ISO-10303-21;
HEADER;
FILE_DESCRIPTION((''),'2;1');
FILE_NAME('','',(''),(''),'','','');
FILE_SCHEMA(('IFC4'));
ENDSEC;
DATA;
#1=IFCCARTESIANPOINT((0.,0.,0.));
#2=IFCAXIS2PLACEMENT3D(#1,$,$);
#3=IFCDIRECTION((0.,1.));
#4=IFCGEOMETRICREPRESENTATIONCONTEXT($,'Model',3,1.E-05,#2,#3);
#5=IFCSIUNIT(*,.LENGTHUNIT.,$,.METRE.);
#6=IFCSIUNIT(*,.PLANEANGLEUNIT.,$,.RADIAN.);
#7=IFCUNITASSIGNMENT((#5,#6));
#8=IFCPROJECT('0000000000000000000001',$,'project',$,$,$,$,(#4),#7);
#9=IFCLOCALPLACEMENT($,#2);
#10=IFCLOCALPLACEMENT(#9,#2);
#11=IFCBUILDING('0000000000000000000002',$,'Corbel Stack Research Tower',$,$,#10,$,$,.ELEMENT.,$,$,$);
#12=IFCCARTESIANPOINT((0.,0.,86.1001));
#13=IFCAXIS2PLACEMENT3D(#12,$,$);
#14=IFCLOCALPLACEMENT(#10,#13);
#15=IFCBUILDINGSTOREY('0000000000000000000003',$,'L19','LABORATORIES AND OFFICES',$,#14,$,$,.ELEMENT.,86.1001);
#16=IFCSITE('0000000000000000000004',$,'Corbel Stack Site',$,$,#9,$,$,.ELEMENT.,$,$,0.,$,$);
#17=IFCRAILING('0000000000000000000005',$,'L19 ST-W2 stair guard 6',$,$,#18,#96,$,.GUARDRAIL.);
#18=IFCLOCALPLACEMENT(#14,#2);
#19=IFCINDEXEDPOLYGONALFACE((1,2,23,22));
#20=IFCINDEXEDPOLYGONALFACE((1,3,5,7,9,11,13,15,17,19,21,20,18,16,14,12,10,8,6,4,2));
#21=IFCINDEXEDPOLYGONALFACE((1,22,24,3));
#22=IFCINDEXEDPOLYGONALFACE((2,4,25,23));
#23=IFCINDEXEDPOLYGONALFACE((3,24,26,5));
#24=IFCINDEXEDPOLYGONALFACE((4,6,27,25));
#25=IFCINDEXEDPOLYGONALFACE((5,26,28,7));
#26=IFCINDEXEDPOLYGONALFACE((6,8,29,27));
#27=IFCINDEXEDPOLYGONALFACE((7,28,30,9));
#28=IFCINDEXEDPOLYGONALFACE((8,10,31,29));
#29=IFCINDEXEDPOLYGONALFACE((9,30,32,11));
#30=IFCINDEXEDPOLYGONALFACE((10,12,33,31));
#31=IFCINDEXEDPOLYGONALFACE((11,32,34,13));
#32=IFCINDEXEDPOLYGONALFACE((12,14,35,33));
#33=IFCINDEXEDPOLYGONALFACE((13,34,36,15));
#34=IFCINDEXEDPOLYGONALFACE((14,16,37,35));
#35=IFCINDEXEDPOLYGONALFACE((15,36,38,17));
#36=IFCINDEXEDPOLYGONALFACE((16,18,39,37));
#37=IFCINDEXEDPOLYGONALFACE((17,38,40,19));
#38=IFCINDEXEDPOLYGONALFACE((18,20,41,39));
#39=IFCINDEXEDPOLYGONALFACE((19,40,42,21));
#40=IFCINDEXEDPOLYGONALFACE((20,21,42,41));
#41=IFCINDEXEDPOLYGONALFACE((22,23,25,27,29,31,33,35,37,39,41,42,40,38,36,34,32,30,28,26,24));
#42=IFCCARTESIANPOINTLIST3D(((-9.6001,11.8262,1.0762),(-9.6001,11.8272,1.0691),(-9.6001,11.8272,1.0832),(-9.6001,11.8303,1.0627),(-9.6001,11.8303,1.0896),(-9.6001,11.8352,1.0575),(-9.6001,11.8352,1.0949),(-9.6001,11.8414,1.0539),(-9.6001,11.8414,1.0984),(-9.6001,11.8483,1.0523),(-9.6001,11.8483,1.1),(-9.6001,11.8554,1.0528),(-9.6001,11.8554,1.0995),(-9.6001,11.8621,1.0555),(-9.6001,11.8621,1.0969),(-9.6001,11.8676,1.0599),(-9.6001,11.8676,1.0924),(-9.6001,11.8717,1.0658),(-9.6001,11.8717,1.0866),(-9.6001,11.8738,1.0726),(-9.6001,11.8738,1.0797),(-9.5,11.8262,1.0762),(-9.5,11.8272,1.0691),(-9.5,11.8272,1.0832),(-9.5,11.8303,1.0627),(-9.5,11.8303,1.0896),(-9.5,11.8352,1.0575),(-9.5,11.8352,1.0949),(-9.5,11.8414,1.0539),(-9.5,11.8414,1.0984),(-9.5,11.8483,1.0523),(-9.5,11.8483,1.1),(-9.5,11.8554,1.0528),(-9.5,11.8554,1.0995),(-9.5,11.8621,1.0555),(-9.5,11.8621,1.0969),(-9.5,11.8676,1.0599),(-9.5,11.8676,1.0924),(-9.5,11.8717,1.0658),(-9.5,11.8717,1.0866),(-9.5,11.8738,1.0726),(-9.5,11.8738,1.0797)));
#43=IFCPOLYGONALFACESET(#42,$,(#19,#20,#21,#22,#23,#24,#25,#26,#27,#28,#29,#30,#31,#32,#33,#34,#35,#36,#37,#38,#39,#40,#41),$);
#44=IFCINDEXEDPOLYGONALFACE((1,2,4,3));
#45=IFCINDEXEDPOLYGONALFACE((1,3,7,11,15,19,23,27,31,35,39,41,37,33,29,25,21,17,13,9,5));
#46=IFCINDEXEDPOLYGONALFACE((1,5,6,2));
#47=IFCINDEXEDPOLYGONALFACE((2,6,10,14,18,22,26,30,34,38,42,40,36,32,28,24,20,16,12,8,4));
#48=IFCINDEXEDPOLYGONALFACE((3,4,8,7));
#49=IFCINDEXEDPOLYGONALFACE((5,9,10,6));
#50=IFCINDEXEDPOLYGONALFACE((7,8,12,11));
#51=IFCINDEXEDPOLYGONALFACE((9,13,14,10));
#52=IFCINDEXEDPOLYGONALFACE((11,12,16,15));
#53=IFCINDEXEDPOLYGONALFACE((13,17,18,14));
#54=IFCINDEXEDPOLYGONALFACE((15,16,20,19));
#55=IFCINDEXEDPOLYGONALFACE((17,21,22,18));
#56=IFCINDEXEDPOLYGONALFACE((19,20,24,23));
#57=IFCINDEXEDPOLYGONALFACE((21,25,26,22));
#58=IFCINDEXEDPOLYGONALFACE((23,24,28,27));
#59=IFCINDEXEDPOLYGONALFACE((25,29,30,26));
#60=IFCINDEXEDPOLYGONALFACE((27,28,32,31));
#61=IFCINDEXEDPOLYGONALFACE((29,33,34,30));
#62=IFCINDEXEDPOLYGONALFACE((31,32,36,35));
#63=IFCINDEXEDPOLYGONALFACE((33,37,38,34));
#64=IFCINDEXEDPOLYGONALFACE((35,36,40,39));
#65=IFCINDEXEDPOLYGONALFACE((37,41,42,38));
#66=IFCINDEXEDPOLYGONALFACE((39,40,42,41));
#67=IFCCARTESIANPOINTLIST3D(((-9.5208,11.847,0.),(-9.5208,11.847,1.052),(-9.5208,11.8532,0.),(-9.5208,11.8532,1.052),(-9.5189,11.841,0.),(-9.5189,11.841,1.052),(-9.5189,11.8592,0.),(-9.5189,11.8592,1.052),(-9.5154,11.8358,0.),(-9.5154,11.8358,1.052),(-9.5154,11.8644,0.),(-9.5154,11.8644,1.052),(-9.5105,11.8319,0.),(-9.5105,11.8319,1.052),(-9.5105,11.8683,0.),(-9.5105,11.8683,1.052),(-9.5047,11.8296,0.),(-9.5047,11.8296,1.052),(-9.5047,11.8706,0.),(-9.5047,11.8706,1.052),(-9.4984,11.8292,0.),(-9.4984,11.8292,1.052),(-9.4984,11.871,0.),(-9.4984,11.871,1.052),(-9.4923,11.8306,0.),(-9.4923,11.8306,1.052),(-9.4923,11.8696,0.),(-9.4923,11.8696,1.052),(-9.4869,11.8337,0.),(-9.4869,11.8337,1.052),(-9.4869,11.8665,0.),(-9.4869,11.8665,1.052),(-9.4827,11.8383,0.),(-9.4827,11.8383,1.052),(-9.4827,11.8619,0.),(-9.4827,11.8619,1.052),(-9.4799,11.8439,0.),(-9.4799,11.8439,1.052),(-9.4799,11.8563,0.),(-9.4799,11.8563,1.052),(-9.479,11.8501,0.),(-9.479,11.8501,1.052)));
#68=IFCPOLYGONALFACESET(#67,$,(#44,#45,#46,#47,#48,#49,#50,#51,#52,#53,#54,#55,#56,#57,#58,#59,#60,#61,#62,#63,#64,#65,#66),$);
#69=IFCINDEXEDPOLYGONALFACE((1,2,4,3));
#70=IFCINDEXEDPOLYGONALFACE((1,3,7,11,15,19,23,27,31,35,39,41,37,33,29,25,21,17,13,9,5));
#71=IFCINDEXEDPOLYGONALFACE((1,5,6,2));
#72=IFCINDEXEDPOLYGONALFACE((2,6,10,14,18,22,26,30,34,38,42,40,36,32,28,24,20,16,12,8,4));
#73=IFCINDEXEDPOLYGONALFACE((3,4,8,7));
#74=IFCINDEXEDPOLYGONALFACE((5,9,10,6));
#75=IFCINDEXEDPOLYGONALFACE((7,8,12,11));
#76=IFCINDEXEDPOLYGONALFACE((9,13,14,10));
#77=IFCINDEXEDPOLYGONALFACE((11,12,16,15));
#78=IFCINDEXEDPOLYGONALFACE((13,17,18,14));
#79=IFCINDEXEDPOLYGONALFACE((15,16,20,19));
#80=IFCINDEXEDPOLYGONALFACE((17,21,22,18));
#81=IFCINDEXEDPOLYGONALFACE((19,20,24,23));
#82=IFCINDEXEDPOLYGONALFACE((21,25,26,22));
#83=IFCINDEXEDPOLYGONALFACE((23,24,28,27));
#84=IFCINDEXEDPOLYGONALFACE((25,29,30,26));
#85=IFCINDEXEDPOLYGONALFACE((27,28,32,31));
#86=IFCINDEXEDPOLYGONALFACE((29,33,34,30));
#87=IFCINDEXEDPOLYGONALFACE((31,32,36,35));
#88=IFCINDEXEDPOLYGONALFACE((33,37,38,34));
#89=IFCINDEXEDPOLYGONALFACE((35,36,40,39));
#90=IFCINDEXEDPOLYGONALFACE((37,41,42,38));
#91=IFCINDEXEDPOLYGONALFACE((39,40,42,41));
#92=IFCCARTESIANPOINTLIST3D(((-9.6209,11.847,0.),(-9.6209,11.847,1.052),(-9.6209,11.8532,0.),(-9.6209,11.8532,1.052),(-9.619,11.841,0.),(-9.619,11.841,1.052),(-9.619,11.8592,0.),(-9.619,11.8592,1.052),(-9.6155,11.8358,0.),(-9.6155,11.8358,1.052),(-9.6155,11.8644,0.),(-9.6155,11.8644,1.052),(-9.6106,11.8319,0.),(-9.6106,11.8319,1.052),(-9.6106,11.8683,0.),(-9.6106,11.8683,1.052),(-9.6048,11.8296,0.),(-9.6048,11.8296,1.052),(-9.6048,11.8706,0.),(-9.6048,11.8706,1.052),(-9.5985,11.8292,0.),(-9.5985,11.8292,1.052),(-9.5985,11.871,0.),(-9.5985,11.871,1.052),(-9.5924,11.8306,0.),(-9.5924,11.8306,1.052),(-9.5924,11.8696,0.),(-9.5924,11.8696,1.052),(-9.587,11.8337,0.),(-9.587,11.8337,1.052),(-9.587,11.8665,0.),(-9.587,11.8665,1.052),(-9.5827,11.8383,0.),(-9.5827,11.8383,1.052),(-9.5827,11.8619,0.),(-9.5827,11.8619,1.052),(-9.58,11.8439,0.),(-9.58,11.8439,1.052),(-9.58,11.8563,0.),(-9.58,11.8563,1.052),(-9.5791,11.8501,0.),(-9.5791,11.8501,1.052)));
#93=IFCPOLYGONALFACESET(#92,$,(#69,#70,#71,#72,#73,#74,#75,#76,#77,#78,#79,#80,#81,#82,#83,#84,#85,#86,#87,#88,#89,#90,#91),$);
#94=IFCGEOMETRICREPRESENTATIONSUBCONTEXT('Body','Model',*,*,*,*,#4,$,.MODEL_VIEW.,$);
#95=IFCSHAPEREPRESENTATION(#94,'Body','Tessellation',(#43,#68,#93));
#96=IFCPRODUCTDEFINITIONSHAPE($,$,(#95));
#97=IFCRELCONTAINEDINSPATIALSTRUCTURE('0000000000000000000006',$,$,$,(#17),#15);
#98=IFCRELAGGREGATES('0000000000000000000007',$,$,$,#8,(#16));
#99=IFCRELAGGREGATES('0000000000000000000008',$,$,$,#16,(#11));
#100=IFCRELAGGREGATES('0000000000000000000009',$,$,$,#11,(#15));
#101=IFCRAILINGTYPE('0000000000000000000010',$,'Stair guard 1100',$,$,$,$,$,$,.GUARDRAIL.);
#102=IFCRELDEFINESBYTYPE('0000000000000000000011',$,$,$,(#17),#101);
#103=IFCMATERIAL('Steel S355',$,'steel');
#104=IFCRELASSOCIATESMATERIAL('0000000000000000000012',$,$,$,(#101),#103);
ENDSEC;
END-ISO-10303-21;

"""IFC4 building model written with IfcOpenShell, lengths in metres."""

from ifc_helpers import new_model, si_unit, direction, frame, origin, origin_2d, place, context, subcontext, project, spatial, circle, extrude, material, type_object, element, save


model = new_model("IFC4")

# Units and contexts
model_context = context("Model", 3, precision=1e-05, world=origin(), true_north=direction((0.0, 1.0)))
body_context = subcontext(model_context, "Body", "Model", "MODEL_VIEW")
ifc_project = project(units=[si_unit("LENGTHUNIT", "METRE"), si_unit("PLANEANGLEUNIT", "RADIAN")], contexts=[model_context])

# Site, building, storey
site_placement = place(None, origin())
site = spatial("IfcSite", under=ifc_project, at=site_placement, Name="Corbel Stack Site", CompositionType="ELEMENT", RefElevation=0.0)
building_placement = place(site_placement, origin())
building = spatial("IfcBuilding", under=site, at=building_placement, Name="Corbel Stack Research Tower", CompositionType="ELEMENT")
storey_placement = place(building_placement, frame((0.0, 0.0, 86.1001)))
storey = spatial("IfcBuildingStorey", under=building, at=storey_placement, Name="L19", Description="LABORATORIES AND OFFICES", CompositionType="ELEMENT", Elevation=86.1001)

# Railing
ifc_material_1 = material(Name="Steel S355", Category="steel")
railing_type_1 = type_object("IfcRailingType", Name="Stair guard 1100", PredefinedType="GUARDRAIL", material=ifc_material_1)
railing_1_placement = place(storey_placement, frame((-9.5, 11.8501, 0.0)))
element("IfcRailing", 1, at=railing_1_placement, inside=storey, type_object=railing_type_1, Name="L19 ST-W2 stair guard 6", PredefinedType="GUARDRAIL", context=body_context, shape_type="SweptSolid", body=[
    extrude(circle(Radius=0.0239, at=origin_2d()), frame((0.0, 0.0, 1.0762), z_axis=(-1.0, 0.0, 0.0), x_axis=(0.0, -1.0, 0.0)), (0.0, 0.0, 1.0), 0.1001),
    extrude(circle(Radius=0.021, at=origin_2d()), origin(), (0.0, 0.0, 1.0), 1.052),
    extrude(circle(Radius=0.021, at=origin_2d()), frame((-0.1001, 0.0, 0.0)), (0.0, 0.0, 1.0), 1.052),
])

save(model, "model.ifc")
